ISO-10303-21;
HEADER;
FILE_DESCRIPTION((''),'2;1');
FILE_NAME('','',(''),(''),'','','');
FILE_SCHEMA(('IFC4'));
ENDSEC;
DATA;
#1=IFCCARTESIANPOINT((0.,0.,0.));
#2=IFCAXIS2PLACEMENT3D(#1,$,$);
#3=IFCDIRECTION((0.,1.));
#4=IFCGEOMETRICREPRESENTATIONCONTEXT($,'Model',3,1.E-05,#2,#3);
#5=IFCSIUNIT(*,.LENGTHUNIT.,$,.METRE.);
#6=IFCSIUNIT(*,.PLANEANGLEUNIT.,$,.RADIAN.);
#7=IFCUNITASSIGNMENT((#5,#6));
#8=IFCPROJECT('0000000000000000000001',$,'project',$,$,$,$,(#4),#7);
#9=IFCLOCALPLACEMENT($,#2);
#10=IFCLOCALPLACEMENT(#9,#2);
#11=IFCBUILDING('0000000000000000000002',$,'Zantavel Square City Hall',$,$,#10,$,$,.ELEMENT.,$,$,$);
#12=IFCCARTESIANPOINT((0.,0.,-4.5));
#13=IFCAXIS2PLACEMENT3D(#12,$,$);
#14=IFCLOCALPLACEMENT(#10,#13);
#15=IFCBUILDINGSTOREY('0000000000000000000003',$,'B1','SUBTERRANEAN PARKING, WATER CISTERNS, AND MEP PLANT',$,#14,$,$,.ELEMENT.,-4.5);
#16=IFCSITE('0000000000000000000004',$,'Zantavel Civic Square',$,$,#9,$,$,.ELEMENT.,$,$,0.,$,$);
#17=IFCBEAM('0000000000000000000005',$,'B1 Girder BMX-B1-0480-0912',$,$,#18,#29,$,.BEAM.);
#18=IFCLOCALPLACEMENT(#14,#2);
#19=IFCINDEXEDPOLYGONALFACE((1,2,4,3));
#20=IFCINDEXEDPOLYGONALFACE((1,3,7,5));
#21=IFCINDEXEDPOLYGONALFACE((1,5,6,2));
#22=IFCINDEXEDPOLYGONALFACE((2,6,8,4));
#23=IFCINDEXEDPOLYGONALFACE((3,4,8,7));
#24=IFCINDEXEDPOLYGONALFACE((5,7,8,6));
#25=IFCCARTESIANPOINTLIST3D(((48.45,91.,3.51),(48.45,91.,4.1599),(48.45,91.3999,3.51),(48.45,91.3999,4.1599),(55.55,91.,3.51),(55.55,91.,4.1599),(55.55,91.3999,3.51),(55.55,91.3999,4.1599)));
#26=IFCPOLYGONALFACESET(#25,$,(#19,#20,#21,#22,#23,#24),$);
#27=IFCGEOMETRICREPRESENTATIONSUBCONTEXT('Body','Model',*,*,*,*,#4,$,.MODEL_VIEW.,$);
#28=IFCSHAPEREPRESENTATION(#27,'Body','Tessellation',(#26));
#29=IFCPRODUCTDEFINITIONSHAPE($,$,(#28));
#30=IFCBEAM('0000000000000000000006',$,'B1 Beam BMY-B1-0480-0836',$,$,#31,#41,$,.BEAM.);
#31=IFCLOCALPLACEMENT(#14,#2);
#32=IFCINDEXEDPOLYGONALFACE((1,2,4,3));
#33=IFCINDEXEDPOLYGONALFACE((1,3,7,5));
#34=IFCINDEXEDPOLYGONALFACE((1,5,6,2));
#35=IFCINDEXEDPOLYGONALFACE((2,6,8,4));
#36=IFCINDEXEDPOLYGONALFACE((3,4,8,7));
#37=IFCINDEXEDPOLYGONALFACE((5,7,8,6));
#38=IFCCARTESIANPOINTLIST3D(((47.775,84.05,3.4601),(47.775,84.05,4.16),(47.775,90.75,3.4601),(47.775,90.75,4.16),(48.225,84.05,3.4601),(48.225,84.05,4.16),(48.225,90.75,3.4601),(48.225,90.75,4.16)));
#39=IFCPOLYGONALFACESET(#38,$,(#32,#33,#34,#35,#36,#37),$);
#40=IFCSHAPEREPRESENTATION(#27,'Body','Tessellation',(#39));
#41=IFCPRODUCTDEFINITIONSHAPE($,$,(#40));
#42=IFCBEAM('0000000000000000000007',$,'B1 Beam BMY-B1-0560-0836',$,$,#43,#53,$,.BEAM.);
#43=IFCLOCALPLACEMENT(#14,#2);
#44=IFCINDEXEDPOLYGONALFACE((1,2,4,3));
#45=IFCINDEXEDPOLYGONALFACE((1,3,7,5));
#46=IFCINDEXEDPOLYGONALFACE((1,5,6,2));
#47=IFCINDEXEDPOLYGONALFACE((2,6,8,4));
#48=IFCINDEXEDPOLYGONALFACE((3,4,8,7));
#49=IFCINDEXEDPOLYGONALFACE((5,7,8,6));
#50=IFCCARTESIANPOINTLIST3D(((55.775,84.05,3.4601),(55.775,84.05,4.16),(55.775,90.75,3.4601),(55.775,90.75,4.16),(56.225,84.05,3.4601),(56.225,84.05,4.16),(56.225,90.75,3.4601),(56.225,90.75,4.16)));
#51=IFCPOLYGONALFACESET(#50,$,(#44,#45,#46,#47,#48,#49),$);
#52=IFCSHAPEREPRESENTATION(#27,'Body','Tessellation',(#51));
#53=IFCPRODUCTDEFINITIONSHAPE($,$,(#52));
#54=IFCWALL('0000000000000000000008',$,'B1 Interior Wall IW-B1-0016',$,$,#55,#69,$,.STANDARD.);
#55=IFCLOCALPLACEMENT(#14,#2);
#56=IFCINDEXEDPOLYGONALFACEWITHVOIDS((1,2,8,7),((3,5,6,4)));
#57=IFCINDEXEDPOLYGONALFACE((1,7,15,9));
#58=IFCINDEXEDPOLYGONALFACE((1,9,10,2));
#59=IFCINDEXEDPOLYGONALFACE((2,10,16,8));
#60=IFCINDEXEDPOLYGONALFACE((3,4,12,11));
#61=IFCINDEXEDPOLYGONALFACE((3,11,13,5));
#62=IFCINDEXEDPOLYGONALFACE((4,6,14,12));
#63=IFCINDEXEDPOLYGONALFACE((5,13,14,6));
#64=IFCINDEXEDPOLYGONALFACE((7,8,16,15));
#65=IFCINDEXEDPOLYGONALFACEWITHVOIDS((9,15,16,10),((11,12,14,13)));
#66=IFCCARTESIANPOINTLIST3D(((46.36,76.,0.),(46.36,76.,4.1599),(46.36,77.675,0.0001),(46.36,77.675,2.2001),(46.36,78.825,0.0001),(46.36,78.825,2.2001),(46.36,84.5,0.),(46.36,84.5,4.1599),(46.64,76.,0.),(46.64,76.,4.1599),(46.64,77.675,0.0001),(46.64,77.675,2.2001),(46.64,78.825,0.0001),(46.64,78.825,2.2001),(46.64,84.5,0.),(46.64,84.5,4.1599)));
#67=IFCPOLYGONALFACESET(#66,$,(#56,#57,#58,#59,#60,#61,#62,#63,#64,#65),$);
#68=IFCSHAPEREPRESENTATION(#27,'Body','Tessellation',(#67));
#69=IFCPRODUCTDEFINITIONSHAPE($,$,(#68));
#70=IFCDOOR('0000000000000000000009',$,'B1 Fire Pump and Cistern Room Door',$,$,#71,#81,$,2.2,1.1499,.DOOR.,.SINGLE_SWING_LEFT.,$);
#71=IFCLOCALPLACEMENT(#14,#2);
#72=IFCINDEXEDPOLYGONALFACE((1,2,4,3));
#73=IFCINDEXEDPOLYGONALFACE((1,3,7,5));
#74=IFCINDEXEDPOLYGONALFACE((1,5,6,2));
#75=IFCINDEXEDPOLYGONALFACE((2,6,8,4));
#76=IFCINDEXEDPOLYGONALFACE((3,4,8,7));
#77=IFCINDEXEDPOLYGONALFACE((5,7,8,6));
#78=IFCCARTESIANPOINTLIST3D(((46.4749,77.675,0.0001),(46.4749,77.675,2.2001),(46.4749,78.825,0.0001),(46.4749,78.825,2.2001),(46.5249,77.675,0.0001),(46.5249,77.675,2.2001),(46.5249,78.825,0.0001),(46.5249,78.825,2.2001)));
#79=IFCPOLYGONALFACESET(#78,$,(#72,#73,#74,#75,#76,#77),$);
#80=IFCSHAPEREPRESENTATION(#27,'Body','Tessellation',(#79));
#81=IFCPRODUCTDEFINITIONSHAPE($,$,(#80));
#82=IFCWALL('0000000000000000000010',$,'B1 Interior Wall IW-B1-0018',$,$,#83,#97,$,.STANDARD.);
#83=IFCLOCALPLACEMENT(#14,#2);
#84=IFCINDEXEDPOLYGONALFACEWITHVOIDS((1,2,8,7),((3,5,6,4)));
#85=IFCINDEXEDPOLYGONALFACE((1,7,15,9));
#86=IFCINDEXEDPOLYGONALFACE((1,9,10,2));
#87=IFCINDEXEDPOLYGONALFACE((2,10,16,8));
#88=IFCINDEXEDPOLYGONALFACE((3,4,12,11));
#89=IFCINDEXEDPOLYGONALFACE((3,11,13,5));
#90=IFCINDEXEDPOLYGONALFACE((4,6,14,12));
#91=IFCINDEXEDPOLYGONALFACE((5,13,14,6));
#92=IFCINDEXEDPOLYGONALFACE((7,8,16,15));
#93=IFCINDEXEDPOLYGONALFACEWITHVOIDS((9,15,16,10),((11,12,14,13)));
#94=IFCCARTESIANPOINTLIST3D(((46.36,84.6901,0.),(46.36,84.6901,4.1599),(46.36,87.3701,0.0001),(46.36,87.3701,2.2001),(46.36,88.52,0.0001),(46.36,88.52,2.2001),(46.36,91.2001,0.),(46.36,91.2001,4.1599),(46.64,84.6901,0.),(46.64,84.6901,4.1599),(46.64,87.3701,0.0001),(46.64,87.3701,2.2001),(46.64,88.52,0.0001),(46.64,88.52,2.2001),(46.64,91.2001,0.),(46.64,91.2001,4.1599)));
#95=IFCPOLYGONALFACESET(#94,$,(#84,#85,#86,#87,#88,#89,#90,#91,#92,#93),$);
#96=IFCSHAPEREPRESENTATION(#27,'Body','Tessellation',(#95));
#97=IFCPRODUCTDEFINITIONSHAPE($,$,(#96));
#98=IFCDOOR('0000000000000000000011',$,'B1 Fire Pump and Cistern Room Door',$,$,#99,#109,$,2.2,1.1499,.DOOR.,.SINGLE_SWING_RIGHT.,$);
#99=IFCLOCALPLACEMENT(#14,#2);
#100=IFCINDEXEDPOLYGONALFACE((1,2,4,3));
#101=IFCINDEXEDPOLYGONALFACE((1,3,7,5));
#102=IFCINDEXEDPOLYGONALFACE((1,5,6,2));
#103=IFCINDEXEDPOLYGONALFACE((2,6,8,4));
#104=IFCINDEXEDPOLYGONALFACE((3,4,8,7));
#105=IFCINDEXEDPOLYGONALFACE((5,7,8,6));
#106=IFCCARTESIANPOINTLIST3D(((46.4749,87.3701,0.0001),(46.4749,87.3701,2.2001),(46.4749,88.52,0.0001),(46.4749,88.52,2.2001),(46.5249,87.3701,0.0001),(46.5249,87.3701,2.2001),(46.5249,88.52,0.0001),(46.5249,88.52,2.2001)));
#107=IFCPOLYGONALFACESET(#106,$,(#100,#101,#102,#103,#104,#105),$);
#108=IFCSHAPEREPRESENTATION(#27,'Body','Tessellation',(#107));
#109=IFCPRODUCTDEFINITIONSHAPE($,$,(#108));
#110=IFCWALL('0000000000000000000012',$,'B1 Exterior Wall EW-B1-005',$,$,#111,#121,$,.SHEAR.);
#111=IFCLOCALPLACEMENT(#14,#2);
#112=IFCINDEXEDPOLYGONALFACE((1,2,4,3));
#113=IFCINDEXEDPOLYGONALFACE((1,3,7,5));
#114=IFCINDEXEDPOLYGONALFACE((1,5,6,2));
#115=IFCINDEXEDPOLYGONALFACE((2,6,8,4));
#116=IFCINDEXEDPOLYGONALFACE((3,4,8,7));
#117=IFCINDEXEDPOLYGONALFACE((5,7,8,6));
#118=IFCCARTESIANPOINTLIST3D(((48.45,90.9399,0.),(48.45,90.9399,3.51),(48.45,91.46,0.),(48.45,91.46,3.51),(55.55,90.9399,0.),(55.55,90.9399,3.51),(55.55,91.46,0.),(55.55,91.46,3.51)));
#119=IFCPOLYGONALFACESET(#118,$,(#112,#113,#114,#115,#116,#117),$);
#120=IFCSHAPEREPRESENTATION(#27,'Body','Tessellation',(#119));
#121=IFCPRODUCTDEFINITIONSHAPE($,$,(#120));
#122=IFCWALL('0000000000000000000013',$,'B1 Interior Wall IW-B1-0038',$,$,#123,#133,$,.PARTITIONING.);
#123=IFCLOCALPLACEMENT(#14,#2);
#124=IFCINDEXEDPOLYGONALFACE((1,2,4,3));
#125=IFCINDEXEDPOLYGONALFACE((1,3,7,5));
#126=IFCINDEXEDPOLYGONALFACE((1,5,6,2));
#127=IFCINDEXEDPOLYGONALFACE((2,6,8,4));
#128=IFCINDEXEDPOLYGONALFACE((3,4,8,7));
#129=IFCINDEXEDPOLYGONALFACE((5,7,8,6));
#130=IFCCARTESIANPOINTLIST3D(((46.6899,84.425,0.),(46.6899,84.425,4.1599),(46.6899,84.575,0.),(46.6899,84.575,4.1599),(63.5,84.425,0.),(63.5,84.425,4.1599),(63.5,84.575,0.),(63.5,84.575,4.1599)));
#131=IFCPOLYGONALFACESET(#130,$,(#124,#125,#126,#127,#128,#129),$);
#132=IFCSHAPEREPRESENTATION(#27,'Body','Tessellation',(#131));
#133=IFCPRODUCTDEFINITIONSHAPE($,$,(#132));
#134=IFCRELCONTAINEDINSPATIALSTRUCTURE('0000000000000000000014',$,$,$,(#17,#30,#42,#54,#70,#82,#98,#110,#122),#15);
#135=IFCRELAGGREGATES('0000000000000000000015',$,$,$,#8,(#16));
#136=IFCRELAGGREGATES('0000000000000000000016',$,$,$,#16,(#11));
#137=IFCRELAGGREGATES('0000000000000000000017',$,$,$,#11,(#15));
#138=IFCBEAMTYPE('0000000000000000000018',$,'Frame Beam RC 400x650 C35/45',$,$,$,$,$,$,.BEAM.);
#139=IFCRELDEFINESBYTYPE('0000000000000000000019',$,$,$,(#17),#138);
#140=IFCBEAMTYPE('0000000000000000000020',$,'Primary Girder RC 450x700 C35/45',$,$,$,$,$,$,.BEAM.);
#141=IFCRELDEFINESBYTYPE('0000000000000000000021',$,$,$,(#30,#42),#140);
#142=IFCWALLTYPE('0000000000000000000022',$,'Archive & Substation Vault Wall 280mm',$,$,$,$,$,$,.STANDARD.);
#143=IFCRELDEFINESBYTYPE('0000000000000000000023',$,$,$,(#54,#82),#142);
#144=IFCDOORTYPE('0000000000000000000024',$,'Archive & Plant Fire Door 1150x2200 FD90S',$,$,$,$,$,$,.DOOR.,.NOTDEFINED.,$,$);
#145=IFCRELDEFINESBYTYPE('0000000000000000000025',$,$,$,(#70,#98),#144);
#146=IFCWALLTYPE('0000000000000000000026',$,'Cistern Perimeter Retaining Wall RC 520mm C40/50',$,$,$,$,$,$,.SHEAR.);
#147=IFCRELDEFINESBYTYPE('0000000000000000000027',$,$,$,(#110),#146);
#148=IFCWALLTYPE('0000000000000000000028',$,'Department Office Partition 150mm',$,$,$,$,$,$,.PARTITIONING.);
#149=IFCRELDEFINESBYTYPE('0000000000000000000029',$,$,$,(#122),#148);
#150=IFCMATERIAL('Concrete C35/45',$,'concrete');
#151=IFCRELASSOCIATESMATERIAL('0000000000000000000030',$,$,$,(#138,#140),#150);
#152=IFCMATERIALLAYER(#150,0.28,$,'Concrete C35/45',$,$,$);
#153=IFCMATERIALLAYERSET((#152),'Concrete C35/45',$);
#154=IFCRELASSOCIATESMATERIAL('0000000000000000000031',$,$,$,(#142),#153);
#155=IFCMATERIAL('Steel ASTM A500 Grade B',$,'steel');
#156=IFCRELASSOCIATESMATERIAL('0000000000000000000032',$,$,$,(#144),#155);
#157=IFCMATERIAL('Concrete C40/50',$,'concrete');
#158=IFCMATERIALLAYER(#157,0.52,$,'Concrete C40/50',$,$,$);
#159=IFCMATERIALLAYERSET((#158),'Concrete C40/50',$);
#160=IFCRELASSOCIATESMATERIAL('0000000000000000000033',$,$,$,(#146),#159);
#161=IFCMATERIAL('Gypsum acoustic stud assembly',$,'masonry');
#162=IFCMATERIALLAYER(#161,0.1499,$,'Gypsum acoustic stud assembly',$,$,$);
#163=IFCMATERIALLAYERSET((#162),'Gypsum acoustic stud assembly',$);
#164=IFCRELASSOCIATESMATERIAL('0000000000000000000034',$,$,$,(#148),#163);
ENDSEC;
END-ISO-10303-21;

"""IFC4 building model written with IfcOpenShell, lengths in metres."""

from ifc_helpers import new_model, si_unit, direction, frame, frame_2d, origin, origin_2d, place, context, subcontext, project, spatial, rectangle, extrude, material, layer, layer_set, material_profile, profile_set, type_object, element, fill, save


model = new_model("IFC4")

# Units and contexts
model_context = context("Model", 3, precision=1e-05, world=origin(), true_north=direction((0.0, 1.0)))
body_context = subcontext(model_context, "Body", "Model", "MODEL_VIEW")
ifc_project = project(units=[si_unit("LENGTHUNIT", "METRE"), si_unit("PLANEANGLEUNIT", "RADIAN")], contexts=[model_context])

# Site, building, storey
site_placement = place(None, origin())
site = spatial("IfcSite", under=ifc_project, at=site_placement, Name="Zantavel Civic Square", CompositionType="ELEMENT", RefElevation=0.0)
building_placement = place(site_placement, origin())
building = spatial("IfcBuilding", under=site, at=building_placement, Name="Zantavel Square City Hall", CompositionType="ELEMENT")
storey_placement = place(building_placement, frame((0.0, 0.0, -4.5)))
storey = spatial("IfcBuildingStorey", under=building, at=storey_placement, Name="B1", Description="SUBTERRANEAN PARKING, WATER CISTERNS, AND MEP PLANT", CompositionType="ELEMENT", Elevation=-4.5)

# Shared definitions
ifc_material_1 = material(Name="Concrete C35/45", Category="concrete")

# Shared definitions
ifc_material_2 = material(Name="Concrete C40/50", Category="concrete")

# Beams
ifc_material_profile_1 = material_profile(ifc_material_1, rectangle(XDim=0.3999, YDim=0.6499, at=origin_2d()), Name="RC 400x650")
ifc_profile_set_1 = profile_set([ifc_material_profile_1], Name="Concrete C35/45")
beam_type_1 = type_object("IfcBeamType", Name="Frame Beam RC 400x650 C35/45", PredefinedType="BEAM", material=ifc_profile_set_1)
beam_1_placement = place(storey_placement, frame((48.45, 91.2, 3.835), z_axis=(1.0, 0.0, 0.0), x_axis=(0.0, 1.0, 0.0)))
element("IfcBeam", 1, at=beam_1_placement, inside=storey, type_object=beam_type_1, Name="B1 Girder BMX-B1-0480-0912", PredefinedType="BEAM", context=body_context, shape_type="SweptSolid", body=[
    extrude(rectangle(XDim=0.3999, YDim=0.6499, at=origin_2d()), origin(), (0.0, 0.0, 1.0), 7.1001),
])
ifc_material_profile_2 = material_profile(ifc_material_1, rectangle(XDim=0.45, YDim=0.7, at=origin_2d()), Name="RC 450x700")
ifc_profile_set_2 = profile_set([ifc_material_profile_2], Name="Concrete C35/45")
beam_type_2 = type_object("IfcBeamType", Name="Primary Girder RC 450x700 C35/45", PredefinedType="BEAM", material=ifc_profile_set_2)
for number, where, z_axis, x_axis, name in (
    (2, (48.0, 84.05, 3.8101), (0.0, 1.0, 0.0), (-1.0, 0.0, 0.0), "B1 Beam BMY-B1-0480-0836"),
    (3, (56.0, 84.05, 3.8101), (0.0, 1.0, 0.0), (-1.0, 0.0, 0.0), "B1 Beam BMY-B1-0560-0836"),
):
    element("IfcBeam", number, at=place(storey_placement, frame(where, z_axis=z_axis, x_axis=x_axis)), inside=storey, type_object=beam_type_2, Name=name, PredefinedType="BEAM", context=body_context, shape_type="SweptSolid", body=[
        extrude(rectangle(XDim=0.45, YDim=0.7, at=origin_2d()), origin(), (0.0, 0.0, 1.0), 6.7),
    ])

# Walls, openings, doors
ifc_layer_1 = layer(ifc_material_1, 0.28, Name="Concrete C35/45")
ifc_layer_set_1 = layer_set([ifc_layer_1], Name="Concrete C35/45")
wall_type_1 = type_object("IfcWallType", Name="Archive & Substation Vault Wall 280mm", PredefinedType="STANDARD", material=ifc_layer_set_1)
wall_1_placement = place(storey_placement, frame((46.5, 84.5, 0.0), z_axis=(0.0, 0.0, 1.0), x_axis=(0.0, -1.0, 0.0)))
wall_1 = element("IfcWall", 4, at=wall_1_placement, inside=storey, type_object=wall_type_1, Name="B1 Interior Wall IW-B1-0016", PredefinedType="STANDARD", context=body_context, shape_type="SweptSolid", body=[
    extrude(rectangle(XDim=8.5, YDim=0.28, at=frame_2d((4.25, 0.0))), origin(), (0.0, 0.0, 1.0), 4.1599),
])
opening_1_placement = place(wall_1_placement, frame((5.675, 0.0, 0.0)))
opening_1 = element("IfcOpeningElement", 5, at=opening_1_placement, cuts=wall_1, PredefinedType="OPENING", context=body_context, shape_type="SweptSolid", body=[
    extrude(rectangle(XDim=1.1499, YDim=2.2, at=frame_2d((0.575, 1.1001))), frame((0.0, 0.1499, 0.0), z_axis=(0.0, -1.0, 0.0), x_axis=(1.0, 0.0, 0.0)), (0.0, 0.0, 1.0), 0.3),
])
ifc_material_3 = material(Name="Steel ASTM A500 Grade B", Category="steel")
door_type = type_object("IfcDoorType", Name="Archive & Plant Fire Door 1150x2200 FD90S", OperationType="NOTDEFINED", PredefinedType="DOOR", material=ifc_material_3)
door_1_placement = place(opening_1_placement, origin())
door_1 = element("IfcDoor", 6, at=door_1_placement, inside=storey, type_object=door_type, Name="B1 Fire Pump and Cistern Room Door", OperationType="SINGLE_SWING_LEFT", OverallHeight=2.2, OverallWidth=1.1499, PredefinedType="DOOR", context=body_context, shape_type="SweptSolid", body=[
    extrude(rectangle(XDim=1.1499, YDim=2.2, at=frame_2d((0.575, 1.1001))), frame((0.0, 0.0249, 0.0), z_axis=(0.0, -1.0, 0.0), x_axis=(1.0, 0.0, 0.0)), (0.0, 0.0, 1.0), 0.05),
])
fill(opening_1, door_1)
wall_2_placement = place(storey_placement, frame((46.5, 91.2, 0.0), z_axis=(0.0, 0.0, 1.0), x_axis=(0.0, -1.0, 0.0)))
wall_2 = element("IfcWall", 7, at=wall_2_placement, inside=storey, type_object=wall_type_1, Name="B1 Interior Wall IW-B1-0018", PredefinedType="STANDARD", context=body_context, shape_type="SweptSolid", body=[
    extrude(rectangle(XDim=6.51, YDim=0.28, at=frame_2d((3.2549, 0.0))), origin(), (0.0, 0.0, 1.0), 4.1599),
])
opening_2_placement = place(wall_2_placement, frame((2.6799, 0.0, 0.0)))
opening_2 = element("IfcOpeningElement", 8, at=opening_2_placement, cuts=wall_2, PredefinedType="OPENING", context=body_context, shape_type="SweptSolid", body=[
    extrude(rectangle(XDim=1.1499, YDim=2.2, at=frame_2d((0.575, 1.1001))), frame((0.0, 0.1499, 0.0), z_axis=(0.0, -1.0, 0.0), x_axis=(1.0, 0.0, 0.0)), (0.0, 0.0, 1.0), 0.3),
])
door_2_placement = place(opening_2_placement, origin())
door_2 = element("IfcDoor", 9, at=door_2_placement, inside=storey, type_object=door_type, Name="B1 Fire Pump and Cistern Room Door", OperationType="SINGLE_SWING_RIGHT", OverallHeight=2.2, OverallWidth=1.1499, PredefinedType="DOOR", context=body_context, shape_type="SweptSolid", body=[
    extrude(rectangle(XDim=1.1499, YDim=2.2, at=frame_2d((0.575, 1.1001))), frame((0.0, 0.0249, 0.0), z_axis=(0.0, -1.0, 0.0), x_axis=(1.0, 0.0, 0.0)), (0.0, 0.0, 1.0), 0.05),
])
fill(opening_2, door_2)

# Walls
ifc_layer_2 = layer(ifc_material_2, 0.52, Name="Concrete C40/50")
ifc_layer_set_2 = layer_set([ifc_layer_2], Name="Concrete C40/50")
wall_type_2 = type_object("IfcWallType", Name="Cistern Perimeter Retaining Wall RC 520mm C40/50", PredefinedType="SHEAR", material=ifc_layer_set_2)
wall_3_placement = place(storey_placement, frame((48.45, 91.2, 0.0), z_axis=(0.0, 0.0, 1.0), x_axis=(1.0, 0.0, 0.0)))
element("IfcWall", 10, at=wall_3_placement, inside=storey, type_object=wall_type_2, Name="B1 Exterior Wall EW-B1-005", PredefinedType="SHEAR", context=body_context, shape_type="SweptSolid", body=[
    extrude(rectangle(XDim=7.1001, YDim=0.52, at=frame_2d((3.55, 0.0))), origin(), (0.0, 0.0, 1.0), 3.51),
])
ifc_material_4 = material(Name="Gypsum acoustic stud assembly", Category="masonry")
ifc_layer_3 = layer(ifc_material_4, 0.1499, Name="Gypsum acoustic stud assembly")
ifc_layer_set_3 = layer_set([ifc_layer_3], Name="Gypsum acoustic stud assembly")
wall_type_3 = type_object("IfcWallType", Name="Department Office Partition 150mm", PredefinedType="PARTITIONING", material=ifc_layer_set_3)
wall_4_placement = place(storey_placement, frame((46.6899, 84.5, 0.0), z_axis=(0.0, 0.0, 1.0), x_axis=(1.0, 0.0, 0.0)))
element("IfcWall", 11, at=wall_4_placement, inside=storey, type_object=wall_type_3, Name="B1 Interior Wall IW-B1-0038", PredefinedType="PARTITIONING", context=body_context, shape_type="SweptSolid", body=[
    extrude(rectangle(XDim=16.8101, YDim=0.1499, at=frame_2d((8.405, 0.0))), origin(), (0.0, 0.0, 1.0), 4.1599),
])

save(model, "model.ifc")
